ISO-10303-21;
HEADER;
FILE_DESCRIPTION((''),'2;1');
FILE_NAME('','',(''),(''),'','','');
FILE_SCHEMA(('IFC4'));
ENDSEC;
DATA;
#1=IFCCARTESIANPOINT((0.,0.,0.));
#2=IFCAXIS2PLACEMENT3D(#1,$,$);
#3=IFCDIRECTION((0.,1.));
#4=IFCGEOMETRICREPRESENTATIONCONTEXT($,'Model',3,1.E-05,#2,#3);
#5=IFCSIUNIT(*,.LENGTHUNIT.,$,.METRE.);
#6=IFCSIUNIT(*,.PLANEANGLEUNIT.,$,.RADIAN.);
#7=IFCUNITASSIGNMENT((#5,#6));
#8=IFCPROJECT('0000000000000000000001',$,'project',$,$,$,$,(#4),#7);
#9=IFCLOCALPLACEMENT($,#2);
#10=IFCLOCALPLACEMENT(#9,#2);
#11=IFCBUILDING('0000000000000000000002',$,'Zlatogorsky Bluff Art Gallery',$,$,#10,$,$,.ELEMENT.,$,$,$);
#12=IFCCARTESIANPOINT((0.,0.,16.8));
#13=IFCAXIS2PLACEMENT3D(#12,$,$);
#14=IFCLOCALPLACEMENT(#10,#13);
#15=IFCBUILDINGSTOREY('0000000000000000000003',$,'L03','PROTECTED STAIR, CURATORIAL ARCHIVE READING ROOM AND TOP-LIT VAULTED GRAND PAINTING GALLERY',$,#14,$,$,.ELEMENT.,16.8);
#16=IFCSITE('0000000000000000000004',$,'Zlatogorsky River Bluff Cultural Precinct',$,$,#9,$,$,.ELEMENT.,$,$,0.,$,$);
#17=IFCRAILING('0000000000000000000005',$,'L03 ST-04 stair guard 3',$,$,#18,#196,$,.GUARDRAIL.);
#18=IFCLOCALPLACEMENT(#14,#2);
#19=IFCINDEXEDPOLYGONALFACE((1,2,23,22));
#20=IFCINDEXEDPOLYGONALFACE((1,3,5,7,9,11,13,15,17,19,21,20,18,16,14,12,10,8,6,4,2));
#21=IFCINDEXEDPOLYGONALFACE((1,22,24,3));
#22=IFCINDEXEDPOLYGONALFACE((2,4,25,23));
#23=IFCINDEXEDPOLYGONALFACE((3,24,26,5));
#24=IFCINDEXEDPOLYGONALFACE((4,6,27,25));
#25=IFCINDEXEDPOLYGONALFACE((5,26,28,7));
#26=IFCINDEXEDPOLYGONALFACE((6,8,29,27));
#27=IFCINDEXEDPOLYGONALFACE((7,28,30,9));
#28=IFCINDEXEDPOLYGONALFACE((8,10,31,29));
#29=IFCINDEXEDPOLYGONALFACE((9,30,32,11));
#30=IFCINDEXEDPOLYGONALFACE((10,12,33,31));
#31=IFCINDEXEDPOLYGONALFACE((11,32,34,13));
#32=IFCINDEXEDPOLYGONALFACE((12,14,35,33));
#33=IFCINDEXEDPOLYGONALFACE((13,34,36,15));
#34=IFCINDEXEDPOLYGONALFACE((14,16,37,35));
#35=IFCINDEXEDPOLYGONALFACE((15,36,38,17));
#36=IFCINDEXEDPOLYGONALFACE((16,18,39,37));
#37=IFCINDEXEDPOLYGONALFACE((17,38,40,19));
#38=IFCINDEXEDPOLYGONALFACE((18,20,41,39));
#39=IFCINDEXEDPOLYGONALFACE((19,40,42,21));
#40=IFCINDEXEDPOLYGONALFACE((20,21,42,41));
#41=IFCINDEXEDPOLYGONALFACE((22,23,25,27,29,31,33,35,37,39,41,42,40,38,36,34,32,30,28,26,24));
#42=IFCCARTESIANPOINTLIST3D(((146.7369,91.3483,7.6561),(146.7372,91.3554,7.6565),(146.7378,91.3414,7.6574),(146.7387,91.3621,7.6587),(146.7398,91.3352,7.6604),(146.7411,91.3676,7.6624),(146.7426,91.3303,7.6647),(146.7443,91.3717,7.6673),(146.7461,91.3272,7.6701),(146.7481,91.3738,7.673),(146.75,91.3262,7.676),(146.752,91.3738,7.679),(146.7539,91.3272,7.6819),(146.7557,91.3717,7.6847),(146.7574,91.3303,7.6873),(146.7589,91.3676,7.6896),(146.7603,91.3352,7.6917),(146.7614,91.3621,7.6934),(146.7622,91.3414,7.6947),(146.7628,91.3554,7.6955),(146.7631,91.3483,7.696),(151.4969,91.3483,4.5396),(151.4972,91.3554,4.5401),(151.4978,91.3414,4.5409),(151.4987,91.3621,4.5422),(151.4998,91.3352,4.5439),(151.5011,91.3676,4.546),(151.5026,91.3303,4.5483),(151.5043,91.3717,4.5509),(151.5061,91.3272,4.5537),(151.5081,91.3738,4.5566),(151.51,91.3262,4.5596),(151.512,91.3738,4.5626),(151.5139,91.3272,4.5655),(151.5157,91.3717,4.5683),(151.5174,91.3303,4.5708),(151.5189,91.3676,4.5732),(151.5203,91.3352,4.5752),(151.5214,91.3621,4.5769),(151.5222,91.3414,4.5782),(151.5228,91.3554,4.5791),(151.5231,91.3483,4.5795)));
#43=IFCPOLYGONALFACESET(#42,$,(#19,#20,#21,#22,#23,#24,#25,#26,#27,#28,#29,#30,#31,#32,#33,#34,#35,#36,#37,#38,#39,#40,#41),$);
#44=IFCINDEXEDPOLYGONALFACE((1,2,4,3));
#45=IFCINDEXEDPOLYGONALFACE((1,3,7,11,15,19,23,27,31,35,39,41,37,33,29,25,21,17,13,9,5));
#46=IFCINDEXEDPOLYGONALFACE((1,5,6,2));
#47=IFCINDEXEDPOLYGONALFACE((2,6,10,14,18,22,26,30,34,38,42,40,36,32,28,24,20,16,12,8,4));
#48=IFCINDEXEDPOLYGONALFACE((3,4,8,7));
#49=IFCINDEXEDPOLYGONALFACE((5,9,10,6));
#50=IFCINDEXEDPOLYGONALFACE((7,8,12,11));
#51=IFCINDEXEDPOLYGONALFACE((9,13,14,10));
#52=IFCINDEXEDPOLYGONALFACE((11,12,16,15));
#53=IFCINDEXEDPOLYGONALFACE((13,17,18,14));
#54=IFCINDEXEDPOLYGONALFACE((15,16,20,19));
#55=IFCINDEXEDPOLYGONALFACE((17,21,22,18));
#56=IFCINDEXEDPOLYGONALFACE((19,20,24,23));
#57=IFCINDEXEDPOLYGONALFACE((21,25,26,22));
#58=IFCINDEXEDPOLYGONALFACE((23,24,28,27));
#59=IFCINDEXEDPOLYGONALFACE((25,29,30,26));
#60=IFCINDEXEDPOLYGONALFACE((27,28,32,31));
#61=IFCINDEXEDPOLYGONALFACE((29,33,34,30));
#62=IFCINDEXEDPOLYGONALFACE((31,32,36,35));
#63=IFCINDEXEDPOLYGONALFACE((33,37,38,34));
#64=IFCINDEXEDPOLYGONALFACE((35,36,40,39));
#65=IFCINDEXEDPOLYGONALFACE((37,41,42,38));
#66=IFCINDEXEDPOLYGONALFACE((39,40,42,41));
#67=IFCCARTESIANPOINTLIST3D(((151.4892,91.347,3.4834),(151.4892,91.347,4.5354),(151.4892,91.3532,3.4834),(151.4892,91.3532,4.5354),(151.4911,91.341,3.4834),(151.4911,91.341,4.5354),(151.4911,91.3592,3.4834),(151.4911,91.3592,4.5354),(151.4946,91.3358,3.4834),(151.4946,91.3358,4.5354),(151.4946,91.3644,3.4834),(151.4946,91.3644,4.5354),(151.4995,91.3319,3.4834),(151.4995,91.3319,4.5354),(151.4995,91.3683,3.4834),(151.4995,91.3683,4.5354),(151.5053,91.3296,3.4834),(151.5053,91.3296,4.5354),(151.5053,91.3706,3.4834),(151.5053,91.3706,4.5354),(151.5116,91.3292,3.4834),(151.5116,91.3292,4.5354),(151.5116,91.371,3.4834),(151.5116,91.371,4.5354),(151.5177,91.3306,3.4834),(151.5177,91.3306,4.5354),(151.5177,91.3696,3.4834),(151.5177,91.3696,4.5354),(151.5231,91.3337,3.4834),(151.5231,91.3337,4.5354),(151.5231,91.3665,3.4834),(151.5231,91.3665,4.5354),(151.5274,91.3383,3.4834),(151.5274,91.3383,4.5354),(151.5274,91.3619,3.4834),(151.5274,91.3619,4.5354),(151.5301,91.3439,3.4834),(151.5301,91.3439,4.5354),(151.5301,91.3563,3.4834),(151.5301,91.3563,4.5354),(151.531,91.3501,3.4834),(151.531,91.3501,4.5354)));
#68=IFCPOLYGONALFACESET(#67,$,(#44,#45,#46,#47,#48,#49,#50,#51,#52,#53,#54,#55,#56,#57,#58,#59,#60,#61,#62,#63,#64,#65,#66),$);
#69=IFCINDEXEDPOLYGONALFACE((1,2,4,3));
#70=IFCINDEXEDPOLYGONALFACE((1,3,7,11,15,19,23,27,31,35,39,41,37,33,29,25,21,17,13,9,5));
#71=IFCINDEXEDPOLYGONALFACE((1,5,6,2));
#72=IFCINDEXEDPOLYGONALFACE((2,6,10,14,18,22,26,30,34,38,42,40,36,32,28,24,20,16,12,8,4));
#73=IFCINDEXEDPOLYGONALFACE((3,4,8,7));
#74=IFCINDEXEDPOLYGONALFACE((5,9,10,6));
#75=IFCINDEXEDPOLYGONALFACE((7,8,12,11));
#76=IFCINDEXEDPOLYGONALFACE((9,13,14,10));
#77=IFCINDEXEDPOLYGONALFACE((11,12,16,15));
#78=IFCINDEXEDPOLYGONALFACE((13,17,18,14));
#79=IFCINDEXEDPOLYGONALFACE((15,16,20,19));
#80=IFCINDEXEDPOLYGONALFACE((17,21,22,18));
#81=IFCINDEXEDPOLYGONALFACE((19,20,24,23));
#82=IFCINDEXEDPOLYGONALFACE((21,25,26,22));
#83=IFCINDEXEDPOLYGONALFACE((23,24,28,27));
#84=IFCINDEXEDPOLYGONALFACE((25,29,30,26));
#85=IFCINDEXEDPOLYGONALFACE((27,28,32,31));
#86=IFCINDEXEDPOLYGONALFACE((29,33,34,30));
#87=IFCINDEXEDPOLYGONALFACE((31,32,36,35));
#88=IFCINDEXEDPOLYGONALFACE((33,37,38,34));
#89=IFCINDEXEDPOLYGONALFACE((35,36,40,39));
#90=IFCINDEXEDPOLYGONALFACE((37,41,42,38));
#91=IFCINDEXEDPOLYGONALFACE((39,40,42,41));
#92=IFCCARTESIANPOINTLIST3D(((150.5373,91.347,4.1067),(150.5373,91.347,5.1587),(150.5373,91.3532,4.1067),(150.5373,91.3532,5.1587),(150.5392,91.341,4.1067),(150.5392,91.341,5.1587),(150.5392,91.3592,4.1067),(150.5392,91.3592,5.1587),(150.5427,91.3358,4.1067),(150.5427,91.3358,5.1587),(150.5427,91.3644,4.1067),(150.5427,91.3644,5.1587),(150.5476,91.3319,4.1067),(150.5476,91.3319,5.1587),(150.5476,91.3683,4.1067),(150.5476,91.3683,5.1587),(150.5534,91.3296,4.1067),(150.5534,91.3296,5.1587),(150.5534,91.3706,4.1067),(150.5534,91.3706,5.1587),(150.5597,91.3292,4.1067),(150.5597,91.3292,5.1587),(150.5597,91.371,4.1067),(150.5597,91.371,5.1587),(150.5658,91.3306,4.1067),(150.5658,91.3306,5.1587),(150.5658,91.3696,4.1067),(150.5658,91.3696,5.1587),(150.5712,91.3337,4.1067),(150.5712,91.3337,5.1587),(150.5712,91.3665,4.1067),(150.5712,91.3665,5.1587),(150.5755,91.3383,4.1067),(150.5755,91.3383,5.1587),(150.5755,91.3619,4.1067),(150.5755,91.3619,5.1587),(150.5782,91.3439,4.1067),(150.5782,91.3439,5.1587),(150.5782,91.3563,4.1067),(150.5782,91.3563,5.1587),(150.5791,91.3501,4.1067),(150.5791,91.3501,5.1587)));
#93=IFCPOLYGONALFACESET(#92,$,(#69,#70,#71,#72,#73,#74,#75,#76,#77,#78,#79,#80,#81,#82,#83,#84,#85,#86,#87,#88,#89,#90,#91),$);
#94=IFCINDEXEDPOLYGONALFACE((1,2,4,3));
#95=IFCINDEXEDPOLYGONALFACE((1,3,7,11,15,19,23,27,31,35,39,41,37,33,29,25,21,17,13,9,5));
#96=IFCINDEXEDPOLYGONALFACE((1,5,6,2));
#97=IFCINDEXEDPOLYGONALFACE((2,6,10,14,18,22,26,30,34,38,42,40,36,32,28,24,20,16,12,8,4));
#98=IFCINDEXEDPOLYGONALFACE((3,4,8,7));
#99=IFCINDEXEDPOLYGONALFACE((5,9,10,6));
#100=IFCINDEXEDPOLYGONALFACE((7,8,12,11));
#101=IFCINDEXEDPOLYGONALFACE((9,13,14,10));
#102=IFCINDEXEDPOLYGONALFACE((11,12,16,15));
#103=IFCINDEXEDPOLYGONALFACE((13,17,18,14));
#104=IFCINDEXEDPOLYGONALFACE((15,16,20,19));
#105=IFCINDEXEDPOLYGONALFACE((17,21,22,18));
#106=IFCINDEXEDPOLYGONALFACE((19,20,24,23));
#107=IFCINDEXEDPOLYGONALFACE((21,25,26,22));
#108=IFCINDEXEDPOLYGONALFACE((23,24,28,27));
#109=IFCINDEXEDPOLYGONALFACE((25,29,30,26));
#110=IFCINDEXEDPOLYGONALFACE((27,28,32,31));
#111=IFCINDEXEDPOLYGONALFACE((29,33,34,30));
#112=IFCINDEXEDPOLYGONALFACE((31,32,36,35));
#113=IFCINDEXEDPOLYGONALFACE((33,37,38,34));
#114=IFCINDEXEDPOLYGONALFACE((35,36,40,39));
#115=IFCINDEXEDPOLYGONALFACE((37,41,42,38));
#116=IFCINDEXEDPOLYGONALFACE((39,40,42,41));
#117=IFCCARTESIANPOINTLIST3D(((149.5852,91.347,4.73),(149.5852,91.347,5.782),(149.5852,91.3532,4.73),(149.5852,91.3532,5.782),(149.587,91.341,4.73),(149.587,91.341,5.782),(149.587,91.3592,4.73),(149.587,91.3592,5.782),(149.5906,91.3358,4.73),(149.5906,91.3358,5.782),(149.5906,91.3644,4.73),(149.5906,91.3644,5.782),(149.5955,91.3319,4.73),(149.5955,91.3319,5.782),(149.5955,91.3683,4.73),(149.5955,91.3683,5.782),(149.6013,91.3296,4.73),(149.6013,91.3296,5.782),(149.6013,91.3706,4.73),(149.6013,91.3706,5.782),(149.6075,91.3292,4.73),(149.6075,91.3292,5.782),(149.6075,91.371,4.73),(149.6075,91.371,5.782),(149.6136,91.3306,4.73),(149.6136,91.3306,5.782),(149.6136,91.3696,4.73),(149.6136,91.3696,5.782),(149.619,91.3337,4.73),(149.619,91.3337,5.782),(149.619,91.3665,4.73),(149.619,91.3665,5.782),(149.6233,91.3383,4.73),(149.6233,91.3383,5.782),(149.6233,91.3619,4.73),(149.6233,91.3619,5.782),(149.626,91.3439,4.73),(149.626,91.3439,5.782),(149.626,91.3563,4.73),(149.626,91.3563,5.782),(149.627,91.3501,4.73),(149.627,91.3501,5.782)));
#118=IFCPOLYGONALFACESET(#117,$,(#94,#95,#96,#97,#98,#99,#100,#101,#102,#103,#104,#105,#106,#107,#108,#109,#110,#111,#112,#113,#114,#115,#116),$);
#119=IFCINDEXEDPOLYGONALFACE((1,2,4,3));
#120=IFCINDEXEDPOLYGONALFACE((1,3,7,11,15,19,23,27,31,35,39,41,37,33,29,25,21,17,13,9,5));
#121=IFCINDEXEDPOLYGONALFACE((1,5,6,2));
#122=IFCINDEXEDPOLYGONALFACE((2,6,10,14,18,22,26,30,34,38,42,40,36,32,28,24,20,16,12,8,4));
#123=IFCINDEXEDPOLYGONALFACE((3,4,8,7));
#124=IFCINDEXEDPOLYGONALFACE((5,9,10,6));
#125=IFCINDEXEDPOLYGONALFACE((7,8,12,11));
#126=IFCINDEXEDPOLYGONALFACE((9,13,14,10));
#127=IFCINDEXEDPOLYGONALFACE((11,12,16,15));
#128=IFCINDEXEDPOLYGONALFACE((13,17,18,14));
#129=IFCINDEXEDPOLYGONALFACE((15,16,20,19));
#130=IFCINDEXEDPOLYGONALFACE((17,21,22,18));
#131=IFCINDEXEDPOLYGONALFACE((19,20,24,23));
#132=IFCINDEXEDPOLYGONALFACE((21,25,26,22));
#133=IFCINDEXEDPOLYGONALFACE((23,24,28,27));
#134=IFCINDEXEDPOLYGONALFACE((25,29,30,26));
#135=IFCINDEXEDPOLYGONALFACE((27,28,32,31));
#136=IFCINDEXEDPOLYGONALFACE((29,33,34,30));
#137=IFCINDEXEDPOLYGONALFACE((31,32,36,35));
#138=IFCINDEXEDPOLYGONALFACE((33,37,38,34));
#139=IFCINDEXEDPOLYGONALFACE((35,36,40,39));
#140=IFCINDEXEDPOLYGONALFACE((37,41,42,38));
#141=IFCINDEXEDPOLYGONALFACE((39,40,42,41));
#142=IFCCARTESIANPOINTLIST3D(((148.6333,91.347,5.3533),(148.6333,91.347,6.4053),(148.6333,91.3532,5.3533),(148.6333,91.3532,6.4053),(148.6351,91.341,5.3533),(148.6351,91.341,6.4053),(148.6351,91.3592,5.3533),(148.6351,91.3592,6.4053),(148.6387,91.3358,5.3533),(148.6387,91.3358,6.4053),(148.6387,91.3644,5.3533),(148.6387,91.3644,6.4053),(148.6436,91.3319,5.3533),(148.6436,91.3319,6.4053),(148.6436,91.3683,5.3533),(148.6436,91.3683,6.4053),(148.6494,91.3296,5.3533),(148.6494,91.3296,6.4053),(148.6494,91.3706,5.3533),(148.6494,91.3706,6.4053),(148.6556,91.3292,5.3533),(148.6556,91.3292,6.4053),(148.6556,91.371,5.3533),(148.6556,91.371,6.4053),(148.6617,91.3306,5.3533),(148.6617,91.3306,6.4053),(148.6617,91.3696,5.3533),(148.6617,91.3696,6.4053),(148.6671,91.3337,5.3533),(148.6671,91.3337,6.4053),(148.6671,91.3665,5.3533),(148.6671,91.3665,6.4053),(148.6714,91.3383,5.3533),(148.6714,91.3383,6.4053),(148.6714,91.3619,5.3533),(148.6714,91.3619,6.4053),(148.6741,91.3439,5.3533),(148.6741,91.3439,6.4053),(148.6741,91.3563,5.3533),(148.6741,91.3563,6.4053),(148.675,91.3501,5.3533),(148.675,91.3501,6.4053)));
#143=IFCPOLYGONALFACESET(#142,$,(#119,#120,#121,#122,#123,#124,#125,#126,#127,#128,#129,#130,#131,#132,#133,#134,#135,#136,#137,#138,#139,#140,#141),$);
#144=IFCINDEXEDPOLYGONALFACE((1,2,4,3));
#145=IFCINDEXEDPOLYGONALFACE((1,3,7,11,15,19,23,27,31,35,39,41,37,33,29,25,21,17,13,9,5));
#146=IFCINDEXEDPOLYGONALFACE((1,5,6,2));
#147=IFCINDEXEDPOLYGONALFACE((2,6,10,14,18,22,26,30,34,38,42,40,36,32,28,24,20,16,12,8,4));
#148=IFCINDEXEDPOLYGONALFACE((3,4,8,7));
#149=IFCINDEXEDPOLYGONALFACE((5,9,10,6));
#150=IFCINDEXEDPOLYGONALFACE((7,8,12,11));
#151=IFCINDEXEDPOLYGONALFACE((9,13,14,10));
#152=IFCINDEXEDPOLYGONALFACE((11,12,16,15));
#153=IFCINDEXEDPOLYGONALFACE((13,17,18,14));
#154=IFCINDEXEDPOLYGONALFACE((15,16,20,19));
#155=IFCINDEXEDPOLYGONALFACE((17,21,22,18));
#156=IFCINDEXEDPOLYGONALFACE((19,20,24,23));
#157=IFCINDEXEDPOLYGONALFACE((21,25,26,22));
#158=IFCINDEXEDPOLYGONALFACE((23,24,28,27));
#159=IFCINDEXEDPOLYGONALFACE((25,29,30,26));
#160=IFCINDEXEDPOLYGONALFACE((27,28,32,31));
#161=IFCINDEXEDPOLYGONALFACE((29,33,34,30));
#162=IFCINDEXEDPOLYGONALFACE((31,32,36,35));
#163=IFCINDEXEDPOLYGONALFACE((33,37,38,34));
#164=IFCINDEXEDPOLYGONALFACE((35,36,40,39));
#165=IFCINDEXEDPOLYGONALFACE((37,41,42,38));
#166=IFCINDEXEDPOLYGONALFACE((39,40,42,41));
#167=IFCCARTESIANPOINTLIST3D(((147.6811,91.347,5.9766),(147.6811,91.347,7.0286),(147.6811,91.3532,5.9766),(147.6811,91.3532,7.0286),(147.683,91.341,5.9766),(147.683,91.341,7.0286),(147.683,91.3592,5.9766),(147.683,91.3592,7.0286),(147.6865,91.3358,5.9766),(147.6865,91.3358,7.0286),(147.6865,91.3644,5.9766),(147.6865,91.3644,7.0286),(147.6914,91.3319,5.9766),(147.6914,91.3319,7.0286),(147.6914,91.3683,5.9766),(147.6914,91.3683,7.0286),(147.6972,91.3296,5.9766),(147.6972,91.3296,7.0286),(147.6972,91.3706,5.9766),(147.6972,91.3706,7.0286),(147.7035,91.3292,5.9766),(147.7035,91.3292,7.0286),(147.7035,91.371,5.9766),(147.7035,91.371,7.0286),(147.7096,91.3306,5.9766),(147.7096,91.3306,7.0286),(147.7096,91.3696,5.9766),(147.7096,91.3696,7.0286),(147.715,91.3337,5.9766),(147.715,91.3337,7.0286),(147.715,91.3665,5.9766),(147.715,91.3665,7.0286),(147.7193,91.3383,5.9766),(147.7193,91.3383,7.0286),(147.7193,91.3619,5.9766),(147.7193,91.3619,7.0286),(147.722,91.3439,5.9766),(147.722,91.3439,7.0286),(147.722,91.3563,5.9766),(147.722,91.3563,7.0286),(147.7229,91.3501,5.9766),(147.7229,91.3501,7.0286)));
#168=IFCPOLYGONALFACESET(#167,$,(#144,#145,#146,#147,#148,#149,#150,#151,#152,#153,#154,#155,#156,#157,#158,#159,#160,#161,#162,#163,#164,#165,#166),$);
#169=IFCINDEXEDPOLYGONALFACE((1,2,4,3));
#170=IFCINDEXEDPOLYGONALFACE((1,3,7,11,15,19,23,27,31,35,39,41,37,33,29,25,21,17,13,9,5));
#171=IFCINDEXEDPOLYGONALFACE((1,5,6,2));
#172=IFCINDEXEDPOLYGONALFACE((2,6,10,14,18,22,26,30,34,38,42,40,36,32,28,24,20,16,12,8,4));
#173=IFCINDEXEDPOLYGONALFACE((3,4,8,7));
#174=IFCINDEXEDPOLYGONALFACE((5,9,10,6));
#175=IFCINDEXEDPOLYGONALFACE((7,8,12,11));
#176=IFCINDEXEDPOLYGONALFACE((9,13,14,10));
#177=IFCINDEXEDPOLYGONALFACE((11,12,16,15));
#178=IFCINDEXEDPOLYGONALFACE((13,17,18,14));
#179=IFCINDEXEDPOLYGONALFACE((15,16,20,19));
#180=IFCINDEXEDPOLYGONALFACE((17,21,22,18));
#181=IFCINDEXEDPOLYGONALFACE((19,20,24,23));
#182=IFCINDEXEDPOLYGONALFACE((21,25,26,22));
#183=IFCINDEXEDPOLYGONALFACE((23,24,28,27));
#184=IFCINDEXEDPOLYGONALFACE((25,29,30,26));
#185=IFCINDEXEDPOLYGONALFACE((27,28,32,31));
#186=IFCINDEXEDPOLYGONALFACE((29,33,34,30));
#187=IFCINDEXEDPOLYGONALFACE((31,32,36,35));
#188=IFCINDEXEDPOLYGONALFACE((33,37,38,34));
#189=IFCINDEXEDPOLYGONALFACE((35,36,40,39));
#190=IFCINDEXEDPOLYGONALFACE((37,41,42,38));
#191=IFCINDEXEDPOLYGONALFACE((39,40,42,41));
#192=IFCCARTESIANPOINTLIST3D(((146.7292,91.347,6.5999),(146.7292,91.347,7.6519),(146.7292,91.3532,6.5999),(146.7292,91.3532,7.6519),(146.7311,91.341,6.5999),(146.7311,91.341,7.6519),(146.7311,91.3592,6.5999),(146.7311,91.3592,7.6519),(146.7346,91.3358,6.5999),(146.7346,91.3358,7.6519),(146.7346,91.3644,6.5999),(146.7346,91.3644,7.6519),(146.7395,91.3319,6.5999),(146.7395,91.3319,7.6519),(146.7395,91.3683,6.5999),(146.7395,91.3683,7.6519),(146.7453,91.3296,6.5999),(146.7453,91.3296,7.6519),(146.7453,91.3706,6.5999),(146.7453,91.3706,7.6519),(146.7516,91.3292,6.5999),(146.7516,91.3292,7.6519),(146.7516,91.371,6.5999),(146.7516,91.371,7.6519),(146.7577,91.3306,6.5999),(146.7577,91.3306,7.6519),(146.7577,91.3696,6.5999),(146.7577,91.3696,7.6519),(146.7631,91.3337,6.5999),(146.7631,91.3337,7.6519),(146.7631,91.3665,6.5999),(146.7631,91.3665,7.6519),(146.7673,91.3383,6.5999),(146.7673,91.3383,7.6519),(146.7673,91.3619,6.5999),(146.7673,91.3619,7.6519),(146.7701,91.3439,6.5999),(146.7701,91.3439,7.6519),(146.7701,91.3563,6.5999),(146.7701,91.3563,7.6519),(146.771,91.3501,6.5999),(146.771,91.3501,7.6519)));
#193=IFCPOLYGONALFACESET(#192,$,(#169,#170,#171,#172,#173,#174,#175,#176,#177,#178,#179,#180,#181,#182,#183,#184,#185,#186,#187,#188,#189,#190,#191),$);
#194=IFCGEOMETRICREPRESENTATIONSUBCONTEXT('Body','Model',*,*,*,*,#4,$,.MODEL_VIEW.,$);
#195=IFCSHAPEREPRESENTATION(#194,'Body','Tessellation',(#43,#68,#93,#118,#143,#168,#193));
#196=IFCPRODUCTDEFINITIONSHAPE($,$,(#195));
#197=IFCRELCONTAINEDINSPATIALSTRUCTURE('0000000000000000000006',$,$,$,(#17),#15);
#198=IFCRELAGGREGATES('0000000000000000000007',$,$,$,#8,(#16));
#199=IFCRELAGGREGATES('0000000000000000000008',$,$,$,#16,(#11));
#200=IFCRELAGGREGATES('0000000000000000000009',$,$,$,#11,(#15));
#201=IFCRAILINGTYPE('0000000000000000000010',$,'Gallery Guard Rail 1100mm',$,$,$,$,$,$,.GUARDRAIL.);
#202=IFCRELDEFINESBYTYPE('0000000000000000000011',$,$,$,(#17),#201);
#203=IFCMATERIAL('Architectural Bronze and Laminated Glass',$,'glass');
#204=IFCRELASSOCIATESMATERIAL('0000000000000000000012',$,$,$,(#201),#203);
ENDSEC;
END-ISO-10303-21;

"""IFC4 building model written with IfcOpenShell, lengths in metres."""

from ifc_helpers import new_model, si_unit, direction, frame, origin, origin_2d, place, context, subcontext, project, spatial, circle, extrude, material, type_object, element, save


model = new_model("IFC4")

# Units and contexts
model_context = context("Model", 3, precision=1e-05, world=origin(), true_north=direction((0.0, 1.0)))
body_context = subcontext(model_context, "Body", "Model", "MODEL_VIEW")
ifc_project = project(units=[si_unit("LENGTHUNIT", "METRE"), si_unit("PLANEANGLEUNIT", "RADIAN")], contexts=[model_context])

# Site, building, storey
site_placement = place(None, origin())
site = spatial("IfcSite", under=ifc_project, at=site_placement, Name="Zlatogorsky River Bluff Cultural Precinct", CompositionType="ELEMENT", RefElevation=0.0)
building_placement = place(site_placement, origin())
building = spatial("IfcBuilding", under=site, at=building_placement, Name="Zlatogorsky Bluff Art Gallery", CompositionType="ELEMENT")
storey_placement = place(building_placement, frame((0.0, 0.0, 16.8)))
storey = spatial("IfcBuildingStorey", under=building, at=storey_placement, Name="L03", Description="PROTECTED STAIR, CURATORIAL ARCHIVE READING ROOM AND TOP-LIT VAULTED GRAND PAINTING GALLERY", CompositionType="ELEMENT", Elevation=16.8)

# Railing
ifc_material_1 = material(Name="Architectural Bronze and Laminated Glass", Category="glass")
railing_type_1 = type_object("IfcRailingType", Name="Gallery Guard Rail 1100mm", PredefinedType="GUARDRAIL", material=ifc_material_1)
railing_1_placement = place(storey_placement, frame((151.51, 91.3501, 3.4834)))
element("IfcRailing", 1, at=railing_1_placement, inside=storey, type_object=railing_type_1, Name="L03 ST-04 stair guard 3", PredefinedType="GUARDRAIL", context=body_context, shape_type="SweptSolid", body=[
    extrude(circle(Radius=0.0239, at=origin_2d()), frame((0.0, 0.0, 1.0762), z_axis=(-0.836636, 0.0, 0.547759), x_axis=(0.0, -1.0, 0.0)), (0.0, 0.0, 1.0), 5.6895),
    extrude(circle(Radius=0.021, at=origin_2d()), origin(), (0.0, 0.0, 1.0), 1.052),
    extrude(circle(Radius=0.021, at=origin_2d()), frame((-0.9519, 0.0, 0.6233)), (0.0, 0.0, 1.0), 1.052),
    extrude(circle(Radius=0.021, at=origin_2d()), frame((-1.9041, 0.0, 1.2466)), (0.0, 0.0, 1.0), 1.052),
    extrude(circle(Radius=0.021, at=origin_2d()), frame((-2.856, 0.0, 1.8699)), (0.0, 0.0, 1.0), 1.052),
    extrude(circle(Radius=0.021, at=origin_2d()), frame((-3.8081, 0.0, 2.4932)), (0.0, 0.0, 1.0), 1.052),
    extrude(circle(Radius=0.021, at=origin_2d()), frame((-4.76, 0.0, 3.1165)), (0.0, 0.0, 1.0), 1.052),
])

save(model, "model.ifc")
